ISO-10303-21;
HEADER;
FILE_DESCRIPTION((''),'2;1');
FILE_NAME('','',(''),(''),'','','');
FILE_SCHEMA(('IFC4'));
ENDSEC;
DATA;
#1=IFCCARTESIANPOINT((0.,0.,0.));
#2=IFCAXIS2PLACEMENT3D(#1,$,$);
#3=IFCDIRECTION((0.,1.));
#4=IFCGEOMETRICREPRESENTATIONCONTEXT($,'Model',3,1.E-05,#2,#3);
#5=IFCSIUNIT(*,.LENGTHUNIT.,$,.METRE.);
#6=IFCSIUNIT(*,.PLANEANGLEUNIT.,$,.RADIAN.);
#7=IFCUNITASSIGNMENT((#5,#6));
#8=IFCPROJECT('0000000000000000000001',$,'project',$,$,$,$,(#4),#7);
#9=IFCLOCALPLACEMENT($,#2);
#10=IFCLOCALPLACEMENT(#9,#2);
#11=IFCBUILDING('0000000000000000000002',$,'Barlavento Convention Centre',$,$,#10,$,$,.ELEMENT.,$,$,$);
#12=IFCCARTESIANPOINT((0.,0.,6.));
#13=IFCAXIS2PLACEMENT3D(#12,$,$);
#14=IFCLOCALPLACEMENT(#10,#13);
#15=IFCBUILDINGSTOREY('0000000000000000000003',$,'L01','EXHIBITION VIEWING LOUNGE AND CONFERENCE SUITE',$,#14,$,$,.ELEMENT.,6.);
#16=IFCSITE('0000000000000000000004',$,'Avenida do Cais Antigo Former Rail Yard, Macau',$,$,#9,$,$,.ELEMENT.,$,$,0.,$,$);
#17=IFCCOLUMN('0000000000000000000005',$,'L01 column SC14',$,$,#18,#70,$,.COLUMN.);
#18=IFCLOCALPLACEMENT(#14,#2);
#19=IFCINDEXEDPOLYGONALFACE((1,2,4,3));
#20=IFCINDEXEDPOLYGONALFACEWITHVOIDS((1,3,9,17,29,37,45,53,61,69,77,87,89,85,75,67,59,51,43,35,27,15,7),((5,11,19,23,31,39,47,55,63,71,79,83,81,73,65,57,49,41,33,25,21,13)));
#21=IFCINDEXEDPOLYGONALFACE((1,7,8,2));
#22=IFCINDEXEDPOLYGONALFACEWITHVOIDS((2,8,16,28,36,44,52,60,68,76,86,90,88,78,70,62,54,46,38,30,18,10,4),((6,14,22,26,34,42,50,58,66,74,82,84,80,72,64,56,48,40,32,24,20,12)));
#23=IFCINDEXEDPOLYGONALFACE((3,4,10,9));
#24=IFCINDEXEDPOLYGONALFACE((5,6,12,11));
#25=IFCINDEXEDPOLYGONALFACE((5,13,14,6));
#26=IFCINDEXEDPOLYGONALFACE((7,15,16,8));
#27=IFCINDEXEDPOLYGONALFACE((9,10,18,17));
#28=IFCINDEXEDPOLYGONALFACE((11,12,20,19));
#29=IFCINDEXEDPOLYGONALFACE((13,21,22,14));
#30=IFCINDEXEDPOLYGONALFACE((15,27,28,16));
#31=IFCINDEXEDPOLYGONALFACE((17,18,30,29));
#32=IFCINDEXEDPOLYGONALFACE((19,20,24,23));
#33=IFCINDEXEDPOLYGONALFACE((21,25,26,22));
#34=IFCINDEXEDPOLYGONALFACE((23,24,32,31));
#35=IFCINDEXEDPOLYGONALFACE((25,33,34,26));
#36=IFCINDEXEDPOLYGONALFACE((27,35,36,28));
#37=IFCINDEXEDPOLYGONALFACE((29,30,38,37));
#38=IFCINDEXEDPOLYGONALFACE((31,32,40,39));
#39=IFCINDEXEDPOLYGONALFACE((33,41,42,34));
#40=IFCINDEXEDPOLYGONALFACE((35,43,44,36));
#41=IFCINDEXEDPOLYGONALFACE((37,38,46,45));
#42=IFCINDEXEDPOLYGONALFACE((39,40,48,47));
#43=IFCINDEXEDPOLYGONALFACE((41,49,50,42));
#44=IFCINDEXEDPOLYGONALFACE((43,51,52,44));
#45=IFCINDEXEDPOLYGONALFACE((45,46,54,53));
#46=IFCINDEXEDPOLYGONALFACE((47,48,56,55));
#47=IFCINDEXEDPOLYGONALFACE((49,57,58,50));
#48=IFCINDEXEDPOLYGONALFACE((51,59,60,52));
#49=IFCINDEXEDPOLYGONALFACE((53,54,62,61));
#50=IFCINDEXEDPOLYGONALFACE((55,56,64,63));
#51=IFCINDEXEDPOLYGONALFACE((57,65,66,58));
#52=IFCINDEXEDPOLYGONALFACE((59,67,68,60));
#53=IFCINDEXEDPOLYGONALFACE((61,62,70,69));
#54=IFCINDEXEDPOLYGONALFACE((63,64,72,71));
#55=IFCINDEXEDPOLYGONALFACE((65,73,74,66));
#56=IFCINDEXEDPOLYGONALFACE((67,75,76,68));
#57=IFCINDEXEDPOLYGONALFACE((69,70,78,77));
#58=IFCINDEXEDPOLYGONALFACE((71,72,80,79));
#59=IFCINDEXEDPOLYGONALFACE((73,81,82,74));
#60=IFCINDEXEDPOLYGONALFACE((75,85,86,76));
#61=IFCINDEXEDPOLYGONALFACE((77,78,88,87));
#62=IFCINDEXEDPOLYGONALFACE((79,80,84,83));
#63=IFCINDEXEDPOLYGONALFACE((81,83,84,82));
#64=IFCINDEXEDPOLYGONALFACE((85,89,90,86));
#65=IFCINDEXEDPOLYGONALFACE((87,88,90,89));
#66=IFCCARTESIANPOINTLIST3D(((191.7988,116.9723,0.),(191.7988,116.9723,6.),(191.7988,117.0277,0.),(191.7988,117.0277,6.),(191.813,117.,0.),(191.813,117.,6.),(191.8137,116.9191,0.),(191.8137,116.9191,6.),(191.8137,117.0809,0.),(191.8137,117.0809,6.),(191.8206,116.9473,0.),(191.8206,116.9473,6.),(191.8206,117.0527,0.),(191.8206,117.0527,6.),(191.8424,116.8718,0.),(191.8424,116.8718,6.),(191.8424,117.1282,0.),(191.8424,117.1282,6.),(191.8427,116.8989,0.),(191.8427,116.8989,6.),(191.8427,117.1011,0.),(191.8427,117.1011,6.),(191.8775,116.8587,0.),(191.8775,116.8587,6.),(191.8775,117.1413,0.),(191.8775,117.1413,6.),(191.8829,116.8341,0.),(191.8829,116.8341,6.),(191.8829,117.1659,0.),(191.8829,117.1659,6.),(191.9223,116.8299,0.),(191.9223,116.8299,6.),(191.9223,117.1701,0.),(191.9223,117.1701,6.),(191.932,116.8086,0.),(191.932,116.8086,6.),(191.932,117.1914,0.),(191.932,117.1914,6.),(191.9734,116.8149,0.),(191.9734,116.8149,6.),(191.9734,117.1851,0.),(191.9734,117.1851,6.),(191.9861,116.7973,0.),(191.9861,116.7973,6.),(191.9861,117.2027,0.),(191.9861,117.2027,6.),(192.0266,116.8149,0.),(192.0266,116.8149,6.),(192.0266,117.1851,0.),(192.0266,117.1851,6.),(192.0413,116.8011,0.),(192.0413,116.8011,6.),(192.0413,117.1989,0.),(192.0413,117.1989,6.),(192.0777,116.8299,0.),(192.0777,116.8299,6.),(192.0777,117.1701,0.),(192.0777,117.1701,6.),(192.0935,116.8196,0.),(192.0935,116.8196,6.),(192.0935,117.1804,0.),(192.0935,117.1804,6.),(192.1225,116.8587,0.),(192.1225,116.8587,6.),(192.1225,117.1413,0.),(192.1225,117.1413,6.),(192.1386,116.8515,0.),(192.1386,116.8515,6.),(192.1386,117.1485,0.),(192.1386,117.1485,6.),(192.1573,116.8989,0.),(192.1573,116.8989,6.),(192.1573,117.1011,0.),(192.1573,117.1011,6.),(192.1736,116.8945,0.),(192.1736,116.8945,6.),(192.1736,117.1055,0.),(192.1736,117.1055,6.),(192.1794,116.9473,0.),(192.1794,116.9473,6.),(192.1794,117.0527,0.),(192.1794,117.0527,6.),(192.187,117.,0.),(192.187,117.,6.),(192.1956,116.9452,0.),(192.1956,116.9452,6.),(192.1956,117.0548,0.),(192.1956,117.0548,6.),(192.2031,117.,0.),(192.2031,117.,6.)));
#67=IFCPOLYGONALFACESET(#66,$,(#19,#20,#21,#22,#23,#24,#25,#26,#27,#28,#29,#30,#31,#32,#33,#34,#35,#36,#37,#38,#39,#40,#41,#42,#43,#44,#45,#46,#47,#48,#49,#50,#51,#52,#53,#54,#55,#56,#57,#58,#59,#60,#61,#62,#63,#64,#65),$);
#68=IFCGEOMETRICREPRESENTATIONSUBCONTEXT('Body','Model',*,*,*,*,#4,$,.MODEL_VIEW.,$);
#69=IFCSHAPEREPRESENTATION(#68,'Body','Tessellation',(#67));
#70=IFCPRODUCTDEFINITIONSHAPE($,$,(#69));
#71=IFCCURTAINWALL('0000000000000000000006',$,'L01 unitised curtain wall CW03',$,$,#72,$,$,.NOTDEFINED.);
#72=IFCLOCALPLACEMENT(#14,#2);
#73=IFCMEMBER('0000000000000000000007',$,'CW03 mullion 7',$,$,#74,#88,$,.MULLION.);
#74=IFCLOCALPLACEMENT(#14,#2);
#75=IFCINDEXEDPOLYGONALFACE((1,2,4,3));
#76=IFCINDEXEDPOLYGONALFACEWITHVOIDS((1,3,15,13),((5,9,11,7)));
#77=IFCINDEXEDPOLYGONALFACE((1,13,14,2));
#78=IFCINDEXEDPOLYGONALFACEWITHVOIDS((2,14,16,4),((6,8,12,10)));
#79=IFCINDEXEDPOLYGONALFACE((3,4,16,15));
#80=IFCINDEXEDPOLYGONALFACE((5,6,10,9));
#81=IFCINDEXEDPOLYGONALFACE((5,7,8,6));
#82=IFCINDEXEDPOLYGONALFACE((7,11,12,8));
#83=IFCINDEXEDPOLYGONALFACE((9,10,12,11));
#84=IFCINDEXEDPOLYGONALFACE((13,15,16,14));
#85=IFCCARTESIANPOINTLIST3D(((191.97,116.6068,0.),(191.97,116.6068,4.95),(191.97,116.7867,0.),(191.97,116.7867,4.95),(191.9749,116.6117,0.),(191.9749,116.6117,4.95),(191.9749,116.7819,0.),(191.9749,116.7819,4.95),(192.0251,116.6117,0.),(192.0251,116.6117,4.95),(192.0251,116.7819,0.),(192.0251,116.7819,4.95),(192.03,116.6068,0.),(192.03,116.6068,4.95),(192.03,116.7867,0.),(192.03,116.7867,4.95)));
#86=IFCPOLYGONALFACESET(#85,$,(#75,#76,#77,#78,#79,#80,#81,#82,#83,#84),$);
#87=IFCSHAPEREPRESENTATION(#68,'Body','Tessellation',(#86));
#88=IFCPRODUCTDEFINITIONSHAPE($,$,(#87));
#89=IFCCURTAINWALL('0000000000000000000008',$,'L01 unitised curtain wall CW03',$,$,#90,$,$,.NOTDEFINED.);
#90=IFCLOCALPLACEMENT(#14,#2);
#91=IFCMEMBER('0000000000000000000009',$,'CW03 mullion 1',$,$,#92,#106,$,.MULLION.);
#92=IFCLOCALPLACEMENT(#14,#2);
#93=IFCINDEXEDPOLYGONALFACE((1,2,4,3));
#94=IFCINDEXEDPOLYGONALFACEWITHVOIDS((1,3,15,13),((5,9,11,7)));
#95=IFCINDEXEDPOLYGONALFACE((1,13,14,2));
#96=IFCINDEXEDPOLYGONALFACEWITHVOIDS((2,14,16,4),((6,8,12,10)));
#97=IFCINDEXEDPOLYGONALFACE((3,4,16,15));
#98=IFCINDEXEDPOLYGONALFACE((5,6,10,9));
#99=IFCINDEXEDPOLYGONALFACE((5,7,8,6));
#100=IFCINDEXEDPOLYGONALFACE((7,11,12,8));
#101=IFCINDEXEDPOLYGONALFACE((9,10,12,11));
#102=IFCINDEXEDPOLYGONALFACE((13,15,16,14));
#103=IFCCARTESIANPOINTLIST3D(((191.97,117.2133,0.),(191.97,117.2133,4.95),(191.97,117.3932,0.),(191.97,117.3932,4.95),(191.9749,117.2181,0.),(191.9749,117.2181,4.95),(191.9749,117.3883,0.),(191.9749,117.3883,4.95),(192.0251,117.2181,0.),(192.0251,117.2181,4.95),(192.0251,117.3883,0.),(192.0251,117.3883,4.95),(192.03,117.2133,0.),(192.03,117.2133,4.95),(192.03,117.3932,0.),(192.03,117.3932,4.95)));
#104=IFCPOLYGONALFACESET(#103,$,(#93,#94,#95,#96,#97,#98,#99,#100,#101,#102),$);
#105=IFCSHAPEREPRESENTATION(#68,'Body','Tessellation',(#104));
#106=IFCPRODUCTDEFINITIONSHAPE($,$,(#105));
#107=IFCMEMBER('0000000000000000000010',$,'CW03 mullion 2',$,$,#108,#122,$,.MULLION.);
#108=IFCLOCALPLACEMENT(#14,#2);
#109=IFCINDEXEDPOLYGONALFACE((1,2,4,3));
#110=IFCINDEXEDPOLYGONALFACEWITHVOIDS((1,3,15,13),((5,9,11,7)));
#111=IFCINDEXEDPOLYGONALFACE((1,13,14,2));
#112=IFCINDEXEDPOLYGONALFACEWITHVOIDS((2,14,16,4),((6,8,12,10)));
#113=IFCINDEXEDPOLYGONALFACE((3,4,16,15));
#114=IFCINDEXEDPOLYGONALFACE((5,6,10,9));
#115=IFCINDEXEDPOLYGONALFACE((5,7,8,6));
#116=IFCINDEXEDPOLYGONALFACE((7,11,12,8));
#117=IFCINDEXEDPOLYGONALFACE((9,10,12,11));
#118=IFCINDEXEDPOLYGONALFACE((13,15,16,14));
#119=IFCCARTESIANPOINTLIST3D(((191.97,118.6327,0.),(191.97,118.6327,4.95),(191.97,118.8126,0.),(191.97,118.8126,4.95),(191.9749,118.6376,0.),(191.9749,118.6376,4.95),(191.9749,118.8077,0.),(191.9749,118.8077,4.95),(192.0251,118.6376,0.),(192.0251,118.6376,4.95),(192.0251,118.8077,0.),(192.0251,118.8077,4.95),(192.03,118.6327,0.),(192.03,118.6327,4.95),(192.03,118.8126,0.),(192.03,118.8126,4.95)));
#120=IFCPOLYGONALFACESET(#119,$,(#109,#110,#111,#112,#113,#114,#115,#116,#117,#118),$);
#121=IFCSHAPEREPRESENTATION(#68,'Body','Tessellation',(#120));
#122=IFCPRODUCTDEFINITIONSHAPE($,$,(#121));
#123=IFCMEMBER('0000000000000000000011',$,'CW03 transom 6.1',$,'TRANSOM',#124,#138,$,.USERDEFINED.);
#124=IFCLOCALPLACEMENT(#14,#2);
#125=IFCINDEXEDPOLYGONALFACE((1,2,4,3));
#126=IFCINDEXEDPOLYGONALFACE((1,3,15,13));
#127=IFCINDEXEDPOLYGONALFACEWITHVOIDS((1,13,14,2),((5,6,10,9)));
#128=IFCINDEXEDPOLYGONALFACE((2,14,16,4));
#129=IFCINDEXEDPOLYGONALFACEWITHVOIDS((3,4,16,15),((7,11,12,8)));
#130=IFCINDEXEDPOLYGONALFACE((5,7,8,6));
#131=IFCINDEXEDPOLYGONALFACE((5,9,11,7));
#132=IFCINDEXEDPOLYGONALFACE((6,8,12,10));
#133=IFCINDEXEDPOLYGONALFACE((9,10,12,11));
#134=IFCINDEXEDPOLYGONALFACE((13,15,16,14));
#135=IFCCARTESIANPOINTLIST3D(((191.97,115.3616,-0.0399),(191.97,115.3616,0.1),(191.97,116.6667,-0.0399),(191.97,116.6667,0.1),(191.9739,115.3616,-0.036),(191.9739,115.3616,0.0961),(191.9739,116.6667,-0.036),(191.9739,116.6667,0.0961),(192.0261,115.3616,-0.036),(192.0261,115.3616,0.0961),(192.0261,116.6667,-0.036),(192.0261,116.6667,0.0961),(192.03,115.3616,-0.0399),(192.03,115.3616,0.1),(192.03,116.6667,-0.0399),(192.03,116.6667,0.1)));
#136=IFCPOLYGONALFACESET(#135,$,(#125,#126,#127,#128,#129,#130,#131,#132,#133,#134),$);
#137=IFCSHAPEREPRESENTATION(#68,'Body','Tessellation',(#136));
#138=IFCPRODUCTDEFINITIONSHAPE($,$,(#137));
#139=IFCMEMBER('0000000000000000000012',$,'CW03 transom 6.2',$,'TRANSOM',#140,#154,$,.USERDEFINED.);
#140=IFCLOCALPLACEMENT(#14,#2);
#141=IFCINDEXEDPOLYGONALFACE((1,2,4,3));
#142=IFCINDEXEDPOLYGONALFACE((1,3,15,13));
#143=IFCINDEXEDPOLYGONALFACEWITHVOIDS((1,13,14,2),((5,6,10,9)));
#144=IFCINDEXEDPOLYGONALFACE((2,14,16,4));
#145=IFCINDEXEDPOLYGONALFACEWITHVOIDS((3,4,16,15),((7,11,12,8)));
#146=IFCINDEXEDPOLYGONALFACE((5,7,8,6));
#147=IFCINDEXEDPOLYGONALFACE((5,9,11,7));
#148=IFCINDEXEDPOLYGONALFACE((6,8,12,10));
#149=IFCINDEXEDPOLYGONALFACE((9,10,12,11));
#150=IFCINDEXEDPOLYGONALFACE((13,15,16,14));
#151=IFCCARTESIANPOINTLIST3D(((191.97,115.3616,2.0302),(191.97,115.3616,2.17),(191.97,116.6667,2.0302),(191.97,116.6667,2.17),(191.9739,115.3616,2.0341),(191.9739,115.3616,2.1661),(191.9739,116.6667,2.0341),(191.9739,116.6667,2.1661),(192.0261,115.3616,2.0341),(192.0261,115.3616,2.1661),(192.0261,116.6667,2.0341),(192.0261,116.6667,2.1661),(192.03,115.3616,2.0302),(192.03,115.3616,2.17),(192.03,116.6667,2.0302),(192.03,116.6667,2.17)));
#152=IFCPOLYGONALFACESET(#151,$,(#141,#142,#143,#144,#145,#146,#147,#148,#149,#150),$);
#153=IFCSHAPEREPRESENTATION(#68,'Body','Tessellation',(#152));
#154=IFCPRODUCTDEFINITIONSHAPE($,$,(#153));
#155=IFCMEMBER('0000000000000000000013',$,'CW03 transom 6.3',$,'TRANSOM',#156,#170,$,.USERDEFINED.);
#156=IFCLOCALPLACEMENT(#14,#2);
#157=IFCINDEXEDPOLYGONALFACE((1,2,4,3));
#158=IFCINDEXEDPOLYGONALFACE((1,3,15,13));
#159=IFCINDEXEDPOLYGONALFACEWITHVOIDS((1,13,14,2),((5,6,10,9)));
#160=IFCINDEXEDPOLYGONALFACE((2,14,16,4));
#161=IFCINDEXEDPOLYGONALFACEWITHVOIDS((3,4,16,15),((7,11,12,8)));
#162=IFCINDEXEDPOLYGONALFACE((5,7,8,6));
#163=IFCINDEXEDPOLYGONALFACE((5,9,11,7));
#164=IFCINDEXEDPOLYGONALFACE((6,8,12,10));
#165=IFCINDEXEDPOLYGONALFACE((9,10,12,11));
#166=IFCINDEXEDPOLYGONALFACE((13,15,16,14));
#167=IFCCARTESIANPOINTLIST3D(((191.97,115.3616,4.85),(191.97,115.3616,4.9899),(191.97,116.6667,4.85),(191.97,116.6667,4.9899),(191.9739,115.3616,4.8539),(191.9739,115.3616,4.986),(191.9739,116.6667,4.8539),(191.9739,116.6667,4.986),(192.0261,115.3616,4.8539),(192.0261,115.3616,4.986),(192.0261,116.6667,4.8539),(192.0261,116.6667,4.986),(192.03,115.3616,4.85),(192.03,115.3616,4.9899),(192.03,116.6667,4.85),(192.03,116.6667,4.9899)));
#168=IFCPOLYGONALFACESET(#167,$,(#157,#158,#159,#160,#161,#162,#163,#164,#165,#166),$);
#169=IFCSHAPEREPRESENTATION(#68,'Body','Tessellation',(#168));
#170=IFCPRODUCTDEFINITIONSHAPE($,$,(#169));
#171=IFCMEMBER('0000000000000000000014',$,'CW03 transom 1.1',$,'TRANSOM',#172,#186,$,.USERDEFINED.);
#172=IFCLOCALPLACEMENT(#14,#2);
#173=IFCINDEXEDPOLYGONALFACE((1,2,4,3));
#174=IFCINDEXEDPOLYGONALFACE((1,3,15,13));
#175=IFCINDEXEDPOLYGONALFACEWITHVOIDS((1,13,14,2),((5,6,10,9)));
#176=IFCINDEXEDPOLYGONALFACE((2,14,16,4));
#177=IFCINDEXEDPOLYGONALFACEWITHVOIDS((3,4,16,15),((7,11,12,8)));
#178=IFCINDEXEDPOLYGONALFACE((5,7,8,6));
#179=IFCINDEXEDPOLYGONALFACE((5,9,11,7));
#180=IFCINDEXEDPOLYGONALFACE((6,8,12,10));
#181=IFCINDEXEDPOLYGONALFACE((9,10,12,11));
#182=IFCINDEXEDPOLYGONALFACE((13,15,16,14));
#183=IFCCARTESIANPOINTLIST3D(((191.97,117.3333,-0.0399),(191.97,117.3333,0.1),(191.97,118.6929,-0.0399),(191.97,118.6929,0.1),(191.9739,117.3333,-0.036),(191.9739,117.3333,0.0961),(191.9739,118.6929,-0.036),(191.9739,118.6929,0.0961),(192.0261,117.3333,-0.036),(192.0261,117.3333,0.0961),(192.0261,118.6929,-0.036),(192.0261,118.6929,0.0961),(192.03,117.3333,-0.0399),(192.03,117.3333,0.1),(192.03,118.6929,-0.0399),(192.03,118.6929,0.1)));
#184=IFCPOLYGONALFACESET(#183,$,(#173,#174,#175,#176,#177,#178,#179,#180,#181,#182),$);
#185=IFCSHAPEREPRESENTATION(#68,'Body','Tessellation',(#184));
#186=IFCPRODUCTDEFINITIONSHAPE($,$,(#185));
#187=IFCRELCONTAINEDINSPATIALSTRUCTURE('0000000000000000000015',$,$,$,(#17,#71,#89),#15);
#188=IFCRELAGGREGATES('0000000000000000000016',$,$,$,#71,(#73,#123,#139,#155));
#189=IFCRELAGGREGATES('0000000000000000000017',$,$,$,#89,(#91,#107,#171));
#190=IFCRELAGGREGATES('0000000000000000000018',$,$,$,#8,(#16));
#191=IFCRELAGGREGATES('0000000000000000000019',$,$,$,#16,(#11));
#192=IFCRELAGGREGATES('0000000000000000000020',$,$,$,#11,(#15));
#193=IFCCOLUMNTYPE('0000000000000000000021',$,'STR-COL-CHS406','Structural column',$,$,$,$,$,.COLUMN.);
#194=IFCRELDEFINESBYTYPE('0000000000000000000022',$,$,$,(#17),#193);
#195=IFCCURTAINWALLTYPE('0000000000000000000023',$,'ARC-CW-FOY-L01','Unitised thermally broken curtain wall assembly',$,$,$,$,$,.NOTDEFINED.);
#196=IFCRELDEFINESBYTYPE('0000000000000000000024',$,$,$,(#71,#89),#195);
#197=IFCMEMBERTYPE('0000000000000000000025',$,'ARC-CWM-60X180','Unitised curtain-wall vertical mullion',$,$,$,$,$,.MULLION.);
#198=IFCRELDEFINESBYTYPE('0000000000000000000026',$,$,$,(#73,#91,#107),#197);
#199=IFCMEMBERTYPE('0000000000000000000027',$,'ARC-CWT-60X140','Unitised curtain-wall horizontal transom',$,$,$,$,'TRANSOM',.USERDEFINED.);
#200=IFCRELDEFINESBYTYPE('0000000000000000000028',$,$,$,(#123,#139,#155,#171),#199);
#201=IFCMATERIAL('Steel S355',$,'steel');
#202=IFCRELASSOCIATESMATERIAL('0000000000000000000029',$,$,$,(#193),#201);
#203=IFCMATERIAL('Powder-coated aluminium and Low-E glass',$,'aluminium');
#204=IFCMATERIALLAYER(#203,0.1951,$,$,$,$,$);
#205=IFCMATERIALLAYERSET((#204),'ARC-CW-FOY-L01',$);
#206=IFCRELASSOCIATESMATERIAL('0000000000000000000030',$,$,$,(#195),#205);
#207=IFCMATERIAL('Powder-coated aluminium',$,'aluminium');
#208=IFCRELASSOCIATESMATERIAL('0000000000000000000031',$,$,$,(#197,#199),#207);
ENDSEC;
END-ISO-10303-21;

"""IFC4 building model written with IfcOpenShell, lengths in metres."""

from ifc_helpers import new_model, si_unit, direction, frame, origin, origin_2d, place, context, subcontext, project, spatial, hollow_rectangle, hollow_circle, extrude, material, layer, layer_set, material_profile, profile_set, type_object, element, aggregate, save


model = new_model("IFC4")

# Units and contexts
model_context = context("Model", 3, precision=1e-05, world=origin(), true_north=direction((0.0, 1.0)))
body_context = subcontext(model_context, "Body", "Model", "MODEL_VIEW")
ifc_project = project(units=[si_unit("LENGTHUNIT", "METRE"), si_unit("PLANEANGLEUNIT", "RADIAN")], contexts=[model_context])

# Site, building, storey
site_placement = place(None, origin())
site = spatial("IfcSite", under=ifc_project, at=site_placement, Name="Avenida do Cais Antigo Former Rail Yard, Macau", CompositionType="ELEMENT", RefElevation=0.0)
building_placement = place(site_placement, origin())
building = spatial("IfcBuilding", under=site, at=building_placement, Name="Barlavento Convention Centre", CompositionType="ELEMENT")
storey_placement = place(building_placement, frame((0.0, 0.0, 6.0)))
storey = spatial("IfcBuildingStorey", under=building, at=storey_placement, Name="L01", Description="EXHIBITION VIEWING LOUNGE AND CONFERENCE SUITE", CompositionType="ELEMENT", Elevation=6.0)

# Column
ifc_material_1 = material(Name="Steel S355", Category="steel")
ifc_material_profile_1 = material_profile(ifc_material_1, hollow_circle(Radius=0.2031, WallThickness=0.0161, at=origin_2d()), Name="CHS 406.4x16.0")
ifc_profile_set_1 = profile_set([ifc_material_profile_1], Name="Steel S355")
column_type = type_object("IfcColumnType", Name="STR-COL-CHS406", Description="Structural column", PredefinedType="COLUMN", material=ifc_profile_set_1)
column_placement = place(storey_placement, frame((192.0, 117.0, 0.0), z_axis=(0.0, 0.0, 1.0), x_axis=(1.0, 0.0, 0.0)))
element("IfcColumn", 1, at=column_placement, inside=storey, type_object=column_type, Name="L01 column SC14", PredefinedType="COLUMN", context=body_context, shape_type="SweptSolid", body=[
    extrude(hollow_circle(Radius=0.2031, WallThickness=0.0161, at=origin_2d()), origin(), (0.0, 0.0, 1.0), 6.0),
])

# Curtain wall, member
ifc_material_2 = material(Name="Powder-coated aluminium and Low-E glass", Category="aluminium")
ifc_layer_1 = layer(ifc_material_2, 0.1951)
ifc_layer_set_1 = layer_set([ifc_layer_1], Name="ARC-CW-FOY-L01")
curtain_wall_type = type_object("IfcCurtainWallType", Name="ARC-CW-FOY-L01", Description="Unitised thermally broken curtain wall assembly", PredefinedType="NOTDEFINED", material=ifc_layer_set_1)
curtain_wall_1_placement = place(storey_placement, origin())
curtain_wall_1 = element("IfcCurtainWall", 2, at=curtain_wall_1_placement, inside=storey, type_object=curtain_wall_type, Name="L01 unitised curtain wall CW03", PredefinedType="NOTDEFINED")
ifc_material_3 = material(Name="Powder-coated aluminium", Category="aluminium")
ifc_material_profile_2 = material_profile(ifc_material_3, hollow_rectangle(XDim=0.0601, YDim=0.1799, WallThickness=0.0049, at=origin_2d()), Name="AL-MULL 60x180x5")
ifc_profile_set_2 = profile_set([ifc_material_profile_2], Name="Powder-coated aluminium")
member_type_1 = type_object("IfcMemberType", Name="ARC-CWM-60X180", Description="Unitised curtain-wall vertical mullion", PredefinedType="MULLION", material=ifc_profile_set_2)
member_1_placement = place(storey_placement, frame((192.0, 116.6968, 0.0), z_axis=(0.0, 0.0, 1.0), x_axis=(-1.0, 0.0, 0.0)))
member_1 = element("IfcMember", 3, at=member_1_placement, type_object=member_type_1, Name="CW03 mullion 7", PredefinedType="MULLION", context=body_context, shape_type="SweptSolid", body=[
    extrude(hollow_rectangle(XDim=0.0601, YDim=0.1799, WallThickness=0.0049, at=origin_2d()), origin(), (0.0, 0.0, 1.0), 4.95),
])

# Curtain wall, members
curtain_wall_2_placement = place(storey_placement, origin())
curtain_wall_2 = element("IfcCurtainWall", 4, at=curtain_wall_2_placement, inside=storey, type_object=curtain_wall_type, Name="L01 unitised curtain wall CW03", PredefinedType="NOTDEFINED")
member_2_placement = place(storey_placement, frame((192.0, 117.3032, 0.0), z_axis=(0.0, 0.0, 1.0), x_axis=(-1.0, 0.0, 0.0)))
member_2 = element("IfcMember", 5, at=member_2_placement, type_object=member_type_1, Name="CW03 mullion 1", PredefinedType="MULLION", context=body_context, shape_type="SweptSolid", body=[
    extrude(hollow_rectangle(XDim=0.0601, YDim=0.1799, WallThickness=0.0049, at=origin_2d()), origin(), (0.0, 0.0, 1.0), 4.95),
])
member_3_placement = place(storey_placement, frame((192.0, 118.7227, 0.0), z_axis=(0.0, 0.0, 1.0), x_axis=(-1.0, 0.0, 0.0)))
member_3 = element("IfcMember", 6, at=member_3_placement, type_object=member_type_1, Name="CW03 mullion 2", PredefinedType="MULLION", context=body_context, shape_type="SweptSolid", body=[
    extrude(hollow_rectangle(XDim=0.0601, YDim=0.1799, WallThickness=0.0049, at=origin_2d()), origin(), (0.0, 0.0, 1.0), 4.95),
])

# Members
ifc_material_profile_3 = material_profile(ifc_material_3, hollow_rectangle(XDim=0.0601, YDim=0.1399, WallThickness=0.0039, at=origin_2d()), Name="AL-TRAN 60x140x4")
ifc_profile_set_3 = profile_set([ifc_material_profile_3], Name="Powder-coated aluminium")
member_type_2 = type_object("IfcMemberType", Name="ARC-CWT-60X140", Description="Unitised curtain-wall horizontal transom", ElementType="TRANSOM", PredefinedType="USERDEFINED", material=ifc_profile_set_3)
member_4_placement = place(storey_placement, frame((192.0, 115.3616, 0.03), z_axis=(0.0, 1.0, 0.0), x_axis=(-1.0, 0.0, 0.0)))
member_4 = element("IfcMember", 7, at=member_4_placement, type_object=member_type_2, Name="CW03 transom 6.1", ObjectType="TRANSOM", PredefinedType="USERDEFINED", context=body_context, shape_type="SweptSolid", body=[
    extrude(hollow_rectangle(XDim=0.0601, YDim=0.1399, WallThickness=0.0039, at=origin_2d()), origin(), (0.0, 0.0, 1.0), 1.3052),
])
member_5_placement = place(storey_placement, frame((192.0, 115.3616, 2.1001), z_axis=(0.0, 1.0, 0.0), x_axis=(-1.0, 0.0, 0.0)))
member_5 = element("IfcMember", 8, at=member_5_placement, type_object=member_type_2, Name="CW03 transom 6.2", ObjectType="TRANSOM", PredefinedType="USERDEFINED", context=body_context, shape_type="SweptSolid", body=[
    extrude(hollow_rectangle(XDim=0.0601, YDim=0.1399, WallThickness=0.0039, at=origin_2d()), origin(), (0.0, 0.0, 1.0), 1.3052),
])
member_6_placement = place(storey_placement, frame((192.0, 115.3616, 4.9199), z_axis=(0.0, 1.0, 0.0), x_axis=(-1.0, 0.0, 0.0)))
member_6 = element("IfcMember", 9, at=member_6_placement, type_object=member_type_2, Name="CW03 transom 6.3", ObjectType="TRANSOM", PredefinedType="USERDEFINED", context=body_context, shape_type="SweptSolid", body=[
    extrude(hollow_rectangle(XDim=0.0601, YDim=0.1399, WallThickness=0.0039, at=origin_2d()), origin(), (0.0, 0.0, 1.0), 1.3052),
])
member_7_placement = place(storey_placement, frame((192.0, 117.3333, 0.03), z_axis=(0.0, 1.0, 0.0), x_axis=(-1.0, 0.0, 0.0)))
member_7 = element("IfcMember", 10, at=member_7_placement, type_object=member_type_2, Name="CW03 transom 1.1", ObjectType="TRANSOM", PredefinedType="USERDEFINED", context=body_context, shape_type="SweptSolid", body=[
    extrude(hollow_rectangle(XDim=0.0601, YDim=0.1399, WallThickness=0.0039, at=origin_2d()), origin(), (0.0, 0.0, 1.0), 1.3596),
])

aggregate(curtain_wall_1, [member_1, member_4, member_5, member_6])
aggregate(curtain_wall_2, [member_2, member_3, member_7])

save(model, "model.ifc")
